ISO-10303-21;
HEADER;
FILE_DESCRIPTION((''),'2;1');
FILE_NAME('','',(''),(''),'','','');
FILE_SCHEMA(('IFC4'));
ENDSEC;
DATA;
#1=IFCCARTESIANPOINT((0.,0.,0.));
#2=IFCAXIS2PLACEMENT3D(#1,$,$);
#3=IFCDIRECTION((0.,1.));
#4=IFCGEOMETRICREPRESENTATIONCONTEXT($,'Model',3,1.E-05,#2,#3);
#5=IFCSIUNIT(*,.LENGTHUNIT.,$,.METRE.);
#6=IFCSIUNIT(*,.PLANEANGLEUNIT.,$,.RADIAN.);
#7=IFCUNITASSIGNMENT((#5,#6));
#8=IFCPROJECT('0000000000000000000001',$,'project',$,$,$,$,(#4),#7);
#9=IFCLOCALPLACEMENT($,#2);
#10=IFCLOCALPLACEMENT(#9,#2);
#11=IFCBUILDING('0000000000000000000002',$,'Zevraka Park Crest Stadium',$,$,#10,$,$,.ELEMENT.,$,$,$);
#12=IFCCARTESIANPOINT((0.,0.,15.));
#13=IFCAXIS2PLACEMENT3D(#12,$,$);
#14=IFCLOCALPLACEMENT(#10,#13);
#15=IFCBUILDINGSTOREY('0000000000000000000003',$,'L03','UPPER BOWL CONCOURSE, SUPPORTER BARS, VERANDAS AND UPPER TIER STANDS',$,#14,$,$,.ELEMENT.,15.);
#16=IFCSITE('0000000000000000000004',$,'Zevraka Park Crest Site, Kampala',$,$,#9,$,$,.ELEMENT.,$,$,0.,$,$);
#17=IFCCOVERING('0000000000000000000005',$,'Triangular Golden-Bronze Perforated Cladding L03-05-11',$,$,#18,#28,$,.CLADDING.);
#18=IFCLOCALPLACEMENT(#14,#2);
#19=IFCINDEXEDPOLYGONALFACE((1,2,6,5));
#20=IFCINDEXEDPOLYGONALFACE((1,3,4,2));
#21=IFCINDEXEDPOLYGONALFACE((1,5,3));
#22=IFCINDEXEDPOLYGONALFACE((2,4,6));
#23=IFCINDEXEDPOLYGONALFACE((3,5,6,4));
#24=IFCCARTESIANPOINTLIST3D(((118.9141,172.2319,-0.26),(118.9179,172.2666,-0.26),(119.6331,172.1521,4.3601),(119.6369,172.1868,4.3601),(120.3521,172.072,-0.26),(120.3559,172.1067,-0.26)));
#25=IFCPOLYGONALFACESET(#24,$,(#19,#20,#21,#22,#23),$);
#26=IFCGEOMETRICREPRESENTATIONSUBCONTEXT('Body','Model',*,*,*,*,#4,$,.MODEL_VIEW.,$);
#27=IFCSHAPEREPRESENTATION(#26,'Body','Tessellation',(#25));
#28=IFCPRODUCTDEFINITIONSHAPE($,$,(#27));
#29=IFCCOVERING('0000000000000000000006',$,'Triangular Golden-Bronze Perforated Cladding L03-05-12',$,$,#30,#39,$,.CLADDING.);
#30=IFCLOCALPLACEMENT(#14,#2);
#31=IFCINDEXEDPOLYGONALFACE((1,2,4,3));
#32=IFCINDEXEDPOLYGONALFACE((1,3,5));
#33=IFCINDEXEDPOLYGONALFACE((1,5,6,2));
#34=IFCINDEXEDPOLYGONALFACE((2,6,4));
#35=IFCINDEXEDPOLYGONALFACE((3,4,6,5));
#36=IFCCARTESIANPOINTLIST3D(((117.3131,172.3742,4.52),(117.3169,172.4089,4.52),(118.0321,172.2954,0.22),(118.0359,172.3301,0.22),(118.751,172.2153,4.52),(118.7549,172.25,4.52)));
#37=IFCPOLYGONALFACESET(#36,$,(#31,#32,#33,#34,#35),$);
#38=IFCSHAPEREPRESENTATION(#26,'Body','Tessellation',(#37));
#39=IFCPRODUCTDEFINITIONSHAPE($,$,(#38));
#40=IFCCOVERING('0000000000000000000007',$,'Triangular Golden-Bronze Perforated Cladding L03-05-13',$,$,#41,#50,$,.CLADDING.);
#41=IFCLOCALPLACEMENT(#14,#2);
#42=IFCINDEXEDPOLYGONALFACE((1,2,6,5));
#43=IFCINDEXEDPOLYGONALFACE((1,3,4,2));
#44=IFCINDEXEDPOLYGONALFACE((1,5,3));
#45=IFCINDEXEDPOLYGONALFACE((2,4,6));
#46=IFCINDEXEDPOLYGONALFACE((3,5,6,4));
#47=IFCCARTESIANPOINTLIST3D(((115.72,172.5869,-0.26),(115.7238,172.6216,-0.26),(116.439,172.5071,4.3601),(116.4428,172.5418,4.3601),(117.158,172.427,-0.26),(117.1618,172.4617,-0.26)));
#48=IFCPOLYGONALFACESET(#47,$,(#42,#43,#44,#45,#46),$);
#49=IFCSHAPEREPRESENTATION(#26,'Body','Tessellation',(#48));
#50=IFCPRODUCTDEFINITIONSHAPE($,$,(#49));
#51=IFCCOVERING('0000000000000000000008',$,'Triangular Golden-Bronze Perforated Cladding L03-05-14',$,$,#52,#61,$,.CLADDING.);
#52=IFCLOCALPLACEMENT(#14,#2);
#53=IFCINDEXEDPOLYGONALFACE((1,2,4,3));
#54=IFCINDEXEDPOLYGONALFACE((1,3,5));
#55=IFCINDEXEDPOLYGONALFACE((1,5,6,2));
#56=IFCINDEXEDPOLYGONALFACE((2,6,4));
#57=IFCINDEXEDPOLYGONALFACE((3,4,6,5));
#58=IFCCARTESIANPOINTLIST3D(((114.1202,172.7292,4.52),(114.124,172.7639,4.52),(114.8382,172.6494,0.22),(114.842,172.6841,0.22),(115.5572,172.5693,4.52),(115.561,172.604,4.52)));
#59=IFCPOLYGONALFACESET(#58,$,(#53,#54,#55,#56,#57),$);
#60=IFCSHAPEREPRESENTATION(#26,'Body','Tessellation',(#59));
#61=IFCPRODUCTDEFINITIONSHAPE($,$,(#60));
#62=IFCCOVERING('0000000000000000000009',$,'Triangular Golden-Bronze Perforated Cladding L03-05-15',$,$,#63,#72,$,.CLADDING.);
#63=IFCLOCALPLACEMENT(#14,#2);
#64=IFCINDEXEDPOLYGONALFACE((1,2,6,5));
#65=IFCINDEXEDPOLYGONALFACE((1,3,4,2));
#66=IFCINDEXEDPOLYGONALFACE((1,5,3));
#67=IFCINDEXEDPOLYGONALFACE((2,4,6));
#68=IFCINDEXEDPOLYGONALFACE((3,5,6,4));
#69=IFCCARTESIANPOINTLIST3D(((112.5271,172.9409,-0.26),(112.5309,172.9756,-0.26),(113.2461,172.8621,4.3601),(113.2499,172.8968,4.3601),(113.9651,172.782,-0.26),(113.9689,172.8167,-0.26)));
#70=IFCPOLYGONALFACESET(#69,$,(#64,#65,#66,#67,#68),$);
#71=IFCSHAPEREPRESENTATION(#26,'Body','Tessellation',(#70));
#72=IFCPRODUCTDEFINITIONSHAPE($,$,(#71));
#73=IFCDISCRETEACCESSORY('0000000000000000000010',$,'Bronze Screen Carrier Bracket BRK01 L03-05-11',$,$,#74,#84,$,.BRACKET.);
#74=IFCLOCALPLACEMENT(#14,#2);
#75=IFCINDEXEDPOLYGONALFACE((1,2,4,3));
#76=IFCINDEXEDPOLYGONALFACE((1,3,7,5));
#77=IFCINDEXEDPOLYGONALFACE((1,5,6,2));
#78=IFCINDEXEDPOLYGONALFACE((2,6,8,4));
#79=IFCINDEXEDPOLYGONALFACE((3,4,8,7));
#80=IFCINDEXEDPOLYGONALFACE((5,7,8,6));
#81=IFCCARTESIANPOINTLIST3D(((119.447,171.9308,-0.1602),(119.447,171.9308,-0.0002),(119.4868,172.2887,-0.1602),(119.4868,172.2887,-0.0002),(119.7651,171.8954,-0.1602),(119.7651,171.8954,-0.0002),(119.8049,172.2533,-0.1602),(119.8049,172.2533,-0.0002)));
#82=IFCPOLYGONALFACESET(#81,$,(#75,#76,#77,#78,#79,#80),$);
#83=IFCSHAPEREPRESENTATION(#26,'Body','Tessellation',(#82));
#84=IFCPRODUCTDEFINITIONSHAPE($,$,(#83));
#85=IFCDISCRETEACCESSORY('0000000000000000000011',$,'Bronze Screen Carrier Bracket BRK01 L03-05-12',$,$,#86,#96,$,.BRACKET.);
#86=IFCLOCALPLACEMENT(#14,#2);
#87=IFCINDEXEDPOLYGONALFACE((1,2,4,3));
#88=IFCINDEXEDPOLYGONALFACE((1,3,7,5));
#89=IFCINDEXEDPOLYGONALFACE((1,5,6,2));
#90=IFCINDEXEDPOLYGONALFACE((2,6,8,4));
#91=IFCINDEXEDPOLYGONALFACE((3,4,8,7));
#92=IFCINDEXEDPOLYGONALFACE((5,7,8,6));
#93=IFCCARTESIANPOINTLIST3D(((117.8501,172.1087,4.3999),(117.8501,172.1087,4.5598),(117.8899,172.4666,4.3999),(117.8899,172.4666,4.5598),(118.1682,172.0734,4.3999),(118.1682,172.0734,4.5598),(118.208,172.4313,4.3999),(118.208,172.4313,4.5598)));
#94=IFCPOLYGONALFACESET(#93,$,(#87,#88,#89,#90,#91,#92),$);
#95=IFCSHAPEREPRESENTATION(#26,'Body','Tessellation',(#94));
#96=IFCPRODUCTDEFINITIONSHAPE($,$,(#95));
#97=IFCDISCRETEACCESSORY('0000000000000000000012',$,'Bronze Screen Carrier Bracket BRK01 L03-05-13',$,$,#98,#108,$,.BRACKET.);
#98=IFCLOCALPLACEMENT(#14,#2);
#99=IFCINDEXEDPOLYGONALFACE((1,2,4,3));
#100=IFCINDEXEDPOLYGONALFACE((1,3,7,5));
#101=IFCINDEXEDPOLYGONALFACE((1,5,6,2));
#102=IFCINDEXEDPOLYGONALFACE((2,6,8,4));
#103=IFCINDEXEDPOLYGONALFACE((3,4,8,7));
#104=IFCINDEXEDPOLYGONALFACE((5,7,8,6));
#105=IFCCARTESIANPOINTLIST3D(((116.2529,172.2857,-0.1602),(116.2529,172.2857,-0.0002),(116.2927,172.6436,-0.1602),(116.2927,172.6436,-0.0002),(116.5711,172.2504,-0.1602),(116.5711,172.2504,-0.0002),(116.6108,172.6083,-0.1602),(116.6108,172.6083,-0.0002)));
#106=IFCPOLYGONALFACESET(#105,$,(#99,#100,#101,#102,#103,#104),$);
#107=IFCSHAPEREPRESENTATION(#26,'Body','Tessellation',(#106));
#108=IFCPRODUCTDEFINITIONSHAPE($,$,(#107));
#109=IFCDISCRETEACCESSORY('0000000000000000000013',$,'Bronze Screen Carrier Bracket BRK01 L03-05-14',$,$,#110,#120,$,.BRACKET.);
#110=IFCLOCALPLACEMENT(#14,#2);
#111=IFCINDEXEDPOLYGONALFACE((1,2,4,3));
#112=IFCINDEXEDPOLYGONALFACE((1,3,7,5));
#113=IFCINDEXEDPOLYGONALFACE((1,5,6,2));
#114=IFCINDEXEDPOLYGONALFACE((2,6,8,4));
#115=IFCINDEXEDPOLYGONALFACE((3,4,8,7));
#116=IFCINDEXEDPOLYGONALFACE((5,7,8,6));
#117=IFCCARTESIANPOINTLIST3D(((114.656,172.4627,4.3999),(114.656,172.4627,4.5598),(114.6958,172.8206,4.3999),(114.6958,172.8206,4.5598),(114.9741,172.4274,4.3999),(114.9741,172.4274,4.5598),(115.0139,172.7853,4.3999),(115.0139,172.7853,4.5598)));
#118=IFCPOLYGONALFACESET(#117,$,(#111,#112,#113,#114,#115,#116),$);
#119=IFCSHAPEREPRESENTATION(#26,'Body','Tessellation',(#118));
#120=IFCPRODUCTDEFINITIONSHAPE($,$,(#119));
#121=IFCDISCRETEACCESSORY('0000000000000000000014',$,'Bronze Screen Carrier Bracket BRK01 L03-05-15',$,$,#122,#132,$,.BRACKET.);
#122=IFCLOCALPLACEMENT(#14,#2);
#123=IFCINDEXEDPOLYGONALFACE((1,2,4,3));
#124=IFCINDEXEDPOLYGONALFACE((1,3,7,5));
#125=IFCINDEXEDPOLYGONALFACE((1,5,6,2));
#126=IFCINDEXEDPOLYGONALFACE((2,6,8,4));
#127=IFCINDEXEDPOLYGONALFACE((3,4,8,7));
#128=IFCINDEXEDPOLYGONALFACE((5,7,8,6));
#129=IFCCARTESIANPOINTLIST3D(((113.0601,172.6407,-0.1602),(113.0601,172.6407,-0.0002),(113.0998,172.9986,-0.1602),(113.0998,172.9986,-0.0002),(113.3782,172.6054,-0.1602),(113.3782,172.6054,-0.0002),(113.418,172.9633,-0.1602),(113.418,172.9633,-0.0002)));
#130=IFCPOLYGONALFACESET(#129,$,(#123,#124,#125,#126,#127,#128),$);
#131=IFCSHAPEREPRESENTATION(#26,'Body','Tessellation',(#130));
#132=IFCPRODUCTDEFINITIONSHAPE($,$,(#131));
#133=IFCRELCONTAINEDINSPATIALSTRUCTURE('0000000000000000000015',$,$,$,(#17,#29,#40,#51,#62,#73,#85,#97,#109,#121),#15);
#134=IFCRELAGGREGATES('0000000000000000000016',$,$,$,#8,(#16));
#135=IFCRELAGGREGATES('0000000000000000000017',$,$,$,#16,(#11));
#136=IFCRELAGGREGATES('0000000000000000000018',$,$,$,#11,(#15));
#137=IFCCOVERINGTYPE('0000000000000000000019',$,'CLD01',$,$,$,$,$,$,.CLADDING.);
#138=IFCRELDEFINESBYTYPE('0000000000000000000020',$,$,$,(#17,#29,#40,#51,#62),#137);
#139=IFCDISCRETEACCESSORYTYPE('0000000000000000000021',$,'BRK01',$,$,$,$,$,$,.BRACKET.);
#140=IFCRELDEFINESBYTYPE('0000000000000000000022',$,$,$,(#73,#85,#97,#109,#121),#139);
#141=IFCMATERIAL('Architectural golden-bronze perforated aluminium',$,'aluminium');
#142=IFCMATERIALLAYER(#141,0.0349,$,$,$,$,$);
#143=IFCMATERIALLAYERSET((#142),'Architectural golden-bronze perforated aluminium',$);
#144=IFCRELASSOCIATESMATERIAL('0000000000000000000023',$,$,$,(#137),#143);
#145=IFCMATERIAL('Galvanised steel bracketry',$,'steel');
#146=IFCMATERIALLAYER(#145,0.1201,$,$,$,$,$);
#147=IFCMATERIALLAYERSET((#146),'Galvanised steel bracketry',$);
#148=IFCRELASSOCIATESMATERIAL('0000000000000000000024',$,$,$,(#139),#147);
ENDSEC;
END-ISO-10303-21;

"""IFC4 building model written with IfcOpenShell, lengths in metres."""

from ifc_helpers import new_model, si_unit, direction, frame, origin, origin_2d, place, context, subcontext, project, spatial, polyline, rectangle, outline, extrude, material, layer, layer_set, type_object, element, save


model = new_model("IFC4")

# Units and contexts
model_context = context("Model", 3, precision=1e-05, world=origin(), true_north=direction((0.0, 1.0)))
body_context = subcontext(model_context, "Body", "Model", "MODEL_VIEW")
ifc_project = project(units=[si_unit("LENGTHUNIT", "METRE"), si_unit("PLANEANGLEUNIT", "RADIAN")], contexts=[model_context])

# Site, building, storey
site_placement = place(None, origin())
site = spatial("IfcSite", under=ifc_project, at=site_placement, Name="Zevraka Park Crest Site, Kampala", CompositionType="ELEMENT", RefElevation=0.0)
building_placement = place(site_placement, origin())
building = spatial("IfcBuilding", under=site, at=building_placement, Name="Zevraka Park Crest Stadium", CompositionType="ELEMENT")
storey_placement = place(building_placement, frame((0.0, 0.0, 15.0)))
storey = spatial("IfcBuildingStorey", under=building, at=storey_placement, Name="L03", Description="UPPER BOWL CONCOURSE, SUPPORTER BARS, VERANDAS AND UPPER TIER STANDS", CompositionType="ELEMENT", Elevation=15.0)

# Coverings
ifc_material_1 = material(Name="Architectural golden-bronze perforated aluminium", Category="aluminium")
ifc_layer_1 = layer(ifc_material_1, 0.0349)
ifc_layer_set_1 = layer_set([ifc_layer_1], Name="Architectural golden-bronze perforated aluminium")
covering_type = type_object("IfcCoveringType", Name="CLD01", PredefinedType="CLADDING", material=ifc_layer_set_1)
covering_1_placement = place(storey_placement, frame((120.3521, 172.072, -0.26), z_axis=(-0.110524, -0.993873, 0.000026), x_axis=(-0.993873, 0.110524, 0.0)))
element("IfcCovering", 1, at=covering_1_placement, inside=storey, type_object=covering_type, Name="Triangular Golden-Bronze Perforated Cladding L03-05-11", PredefinedType="CLADDING", context=body_context, shape_type="SweptSolid", body=[
    extrude(outline(polyline([(0.0, 0.0), (1.4469, 0.0), (0.7234, -4.6201), (0.0, 0.0)])), origin(), (0.0, 0.0, -1.0), 0.0349),
])
covering_2_placement = place(storey_placement, frame((117.3169, 172.4089, 4.52), z_axis=(0.109857, 0.993947, 0.000141), x_axis=(0.993947, -0.109857, 0.0)))
element("IfcCovering", 2, at=covering_2_placement, inside=storey, type_object=covering_type, Name="Triangular Golden-Bronze Perforated Cladding L03-05-12", PredefinedType="CLADDING", context=body_context, shape_type="SweptSolid", body=[
    extrude(outline(polyline([(0.0, 0.0), (1.4467, 0.0), (0.7233, 4.3), (0.0, 0.0)])), origin(), (0.0, 0.0, -1.0), 0.0349),
])
covering_3_placement = place(storey_placement, frame((117.158, 172.427, -0.26), z_axis=(-0.110524, -0.993873, 0.000026), x_axis=(-0.993873, 0.110524, 0.0)))
element("IfcCovering", 3, at=covering_3_placement, inside=storey, type_object=covering_type, Name="Triangular Golden-Bronze Perforated Cladding L03-05-13", PredefinedType="CLADDING", context=body_context, shape_type="SweptSolid", body=[
    extrude(outline(polyline([(0.0, 0.0), (1.4469, 0.0), (0.7234, -4.6201), (0.0, 0.0)])), origin(), (0.0, 0.0, -1.0), 0.0349),
])
covering_4_placement = place(storey_placement, frame((114.124, 172.7639, 4.52), z_axis=(0.110598, 0.993865, 0.000016), x_axis=(0.993865, -0.110598, 0.0)))
element("IfcCovering", 4, at=covering_4_placement, inside=storey, type_object=covering_type, Name="Triangular Golden-Bronze Perforated Cladding L03-05-14", PredefinedType="CLADDING", context=body_context, shape_type="SweptSolid", body=[
    extrude(outline(polyline([(0.0, 0.0), (1.4459, 0.0), (0.7224, 4.3), (0.0, 0.0)])), origin(), (0.0, 0.0, -1.0), 0.0349),
])
covering_5_placement = place(storey_placement, frame((113.9651, 172.782, -0.26), z_axis=(-0.109857, -0.993947, 0.000131), x_axis=(-0.993947, 0.109857, 0.0)))
element("IfcCovering", 5, at=covering_5_placement, inside=storey, type_object=covering_type, Name="Triangular Golden-Bronze Perforated Cladding L03-05-15", PredefinedType="CLADDING", context=body_context, shape_type="SweptSolid", body=[
    extrude(outline(polyline([(0.0, 0.0), (1.4467, 0.0), (0.7234, -4.6201), (0.0, 0.0)])), origin(), (0.0, 0.0, -1.0), 0.0349),
])

# Discrete accessories
ifc_material_2 = material(Name="Galvanised steel bracketry", Category="steel")
ifc_layer_2 = layer(ifc_material_2, 0.1201)
ifc_layer_set_2 = layer_set([ifc_layer_2], Name="Galvanised steel bracketry")
discrete_accessory_type = type_object("IfcDiscreteAccessoryType", Name="BRK01", PredefinedType="BRACKET", material=ifc_layer_set_2)
for number, where, z_axis, x_axis, name in (
    (6, (119.626, 172.092, -0.1602), (0.0, 0.0, 1.0), (-0.993884, 0.110428, 0.0), "Bronze Screen Carrier Bracket BRK01 L03-05-11"),
    (7, (118.0291, 172.27, 4.3999), (0.0, 0.0, 1.0), (-0.993884, 0.110428, 0.0), "Bronze Screen Carrier Bracket BRK01 L03-05-12"),
    (8, (116.4319, 172.447, -0.1602), (0.0, 0.0, 1.0), (-0.993884, 0.110428, 0.0), "Bronze Screen Carrier Bracket BRK01 L03-05-13"),
    (9, (114.835, 172.624, 4.3999), (0.0, 0.0, 1.0), (-0.993884, 0.110428, 0.0), "Bronze Screen Carrier Bracket BRK01 L03-05-14"),
    (10, (113.239, 172.802, -0.1602), (0.0, 0.0, 1.0), (-0.993884, 0.110428, 0.0), "Bronze Screen Carrier Bracket BRK01 L03-05-15"),
):
    element("IfcDiscreteAccessory", number, at=place(storey_placement, frame(where, z_axis=z_axis, x_axis=x_axis)), inside=storey, type_object=discrete_accessory_type, Name=name, PredefinedType="BRACKET", context=body_context, shape_type="SweptSolid", body=[
        extrude(rectangle(XDim=0.3201, YDim=0.3601, at=origin_2d()), origin(), (0.0, 0.0, 1.0), 0.1599),
    ])

save(model, "model.ifc")
